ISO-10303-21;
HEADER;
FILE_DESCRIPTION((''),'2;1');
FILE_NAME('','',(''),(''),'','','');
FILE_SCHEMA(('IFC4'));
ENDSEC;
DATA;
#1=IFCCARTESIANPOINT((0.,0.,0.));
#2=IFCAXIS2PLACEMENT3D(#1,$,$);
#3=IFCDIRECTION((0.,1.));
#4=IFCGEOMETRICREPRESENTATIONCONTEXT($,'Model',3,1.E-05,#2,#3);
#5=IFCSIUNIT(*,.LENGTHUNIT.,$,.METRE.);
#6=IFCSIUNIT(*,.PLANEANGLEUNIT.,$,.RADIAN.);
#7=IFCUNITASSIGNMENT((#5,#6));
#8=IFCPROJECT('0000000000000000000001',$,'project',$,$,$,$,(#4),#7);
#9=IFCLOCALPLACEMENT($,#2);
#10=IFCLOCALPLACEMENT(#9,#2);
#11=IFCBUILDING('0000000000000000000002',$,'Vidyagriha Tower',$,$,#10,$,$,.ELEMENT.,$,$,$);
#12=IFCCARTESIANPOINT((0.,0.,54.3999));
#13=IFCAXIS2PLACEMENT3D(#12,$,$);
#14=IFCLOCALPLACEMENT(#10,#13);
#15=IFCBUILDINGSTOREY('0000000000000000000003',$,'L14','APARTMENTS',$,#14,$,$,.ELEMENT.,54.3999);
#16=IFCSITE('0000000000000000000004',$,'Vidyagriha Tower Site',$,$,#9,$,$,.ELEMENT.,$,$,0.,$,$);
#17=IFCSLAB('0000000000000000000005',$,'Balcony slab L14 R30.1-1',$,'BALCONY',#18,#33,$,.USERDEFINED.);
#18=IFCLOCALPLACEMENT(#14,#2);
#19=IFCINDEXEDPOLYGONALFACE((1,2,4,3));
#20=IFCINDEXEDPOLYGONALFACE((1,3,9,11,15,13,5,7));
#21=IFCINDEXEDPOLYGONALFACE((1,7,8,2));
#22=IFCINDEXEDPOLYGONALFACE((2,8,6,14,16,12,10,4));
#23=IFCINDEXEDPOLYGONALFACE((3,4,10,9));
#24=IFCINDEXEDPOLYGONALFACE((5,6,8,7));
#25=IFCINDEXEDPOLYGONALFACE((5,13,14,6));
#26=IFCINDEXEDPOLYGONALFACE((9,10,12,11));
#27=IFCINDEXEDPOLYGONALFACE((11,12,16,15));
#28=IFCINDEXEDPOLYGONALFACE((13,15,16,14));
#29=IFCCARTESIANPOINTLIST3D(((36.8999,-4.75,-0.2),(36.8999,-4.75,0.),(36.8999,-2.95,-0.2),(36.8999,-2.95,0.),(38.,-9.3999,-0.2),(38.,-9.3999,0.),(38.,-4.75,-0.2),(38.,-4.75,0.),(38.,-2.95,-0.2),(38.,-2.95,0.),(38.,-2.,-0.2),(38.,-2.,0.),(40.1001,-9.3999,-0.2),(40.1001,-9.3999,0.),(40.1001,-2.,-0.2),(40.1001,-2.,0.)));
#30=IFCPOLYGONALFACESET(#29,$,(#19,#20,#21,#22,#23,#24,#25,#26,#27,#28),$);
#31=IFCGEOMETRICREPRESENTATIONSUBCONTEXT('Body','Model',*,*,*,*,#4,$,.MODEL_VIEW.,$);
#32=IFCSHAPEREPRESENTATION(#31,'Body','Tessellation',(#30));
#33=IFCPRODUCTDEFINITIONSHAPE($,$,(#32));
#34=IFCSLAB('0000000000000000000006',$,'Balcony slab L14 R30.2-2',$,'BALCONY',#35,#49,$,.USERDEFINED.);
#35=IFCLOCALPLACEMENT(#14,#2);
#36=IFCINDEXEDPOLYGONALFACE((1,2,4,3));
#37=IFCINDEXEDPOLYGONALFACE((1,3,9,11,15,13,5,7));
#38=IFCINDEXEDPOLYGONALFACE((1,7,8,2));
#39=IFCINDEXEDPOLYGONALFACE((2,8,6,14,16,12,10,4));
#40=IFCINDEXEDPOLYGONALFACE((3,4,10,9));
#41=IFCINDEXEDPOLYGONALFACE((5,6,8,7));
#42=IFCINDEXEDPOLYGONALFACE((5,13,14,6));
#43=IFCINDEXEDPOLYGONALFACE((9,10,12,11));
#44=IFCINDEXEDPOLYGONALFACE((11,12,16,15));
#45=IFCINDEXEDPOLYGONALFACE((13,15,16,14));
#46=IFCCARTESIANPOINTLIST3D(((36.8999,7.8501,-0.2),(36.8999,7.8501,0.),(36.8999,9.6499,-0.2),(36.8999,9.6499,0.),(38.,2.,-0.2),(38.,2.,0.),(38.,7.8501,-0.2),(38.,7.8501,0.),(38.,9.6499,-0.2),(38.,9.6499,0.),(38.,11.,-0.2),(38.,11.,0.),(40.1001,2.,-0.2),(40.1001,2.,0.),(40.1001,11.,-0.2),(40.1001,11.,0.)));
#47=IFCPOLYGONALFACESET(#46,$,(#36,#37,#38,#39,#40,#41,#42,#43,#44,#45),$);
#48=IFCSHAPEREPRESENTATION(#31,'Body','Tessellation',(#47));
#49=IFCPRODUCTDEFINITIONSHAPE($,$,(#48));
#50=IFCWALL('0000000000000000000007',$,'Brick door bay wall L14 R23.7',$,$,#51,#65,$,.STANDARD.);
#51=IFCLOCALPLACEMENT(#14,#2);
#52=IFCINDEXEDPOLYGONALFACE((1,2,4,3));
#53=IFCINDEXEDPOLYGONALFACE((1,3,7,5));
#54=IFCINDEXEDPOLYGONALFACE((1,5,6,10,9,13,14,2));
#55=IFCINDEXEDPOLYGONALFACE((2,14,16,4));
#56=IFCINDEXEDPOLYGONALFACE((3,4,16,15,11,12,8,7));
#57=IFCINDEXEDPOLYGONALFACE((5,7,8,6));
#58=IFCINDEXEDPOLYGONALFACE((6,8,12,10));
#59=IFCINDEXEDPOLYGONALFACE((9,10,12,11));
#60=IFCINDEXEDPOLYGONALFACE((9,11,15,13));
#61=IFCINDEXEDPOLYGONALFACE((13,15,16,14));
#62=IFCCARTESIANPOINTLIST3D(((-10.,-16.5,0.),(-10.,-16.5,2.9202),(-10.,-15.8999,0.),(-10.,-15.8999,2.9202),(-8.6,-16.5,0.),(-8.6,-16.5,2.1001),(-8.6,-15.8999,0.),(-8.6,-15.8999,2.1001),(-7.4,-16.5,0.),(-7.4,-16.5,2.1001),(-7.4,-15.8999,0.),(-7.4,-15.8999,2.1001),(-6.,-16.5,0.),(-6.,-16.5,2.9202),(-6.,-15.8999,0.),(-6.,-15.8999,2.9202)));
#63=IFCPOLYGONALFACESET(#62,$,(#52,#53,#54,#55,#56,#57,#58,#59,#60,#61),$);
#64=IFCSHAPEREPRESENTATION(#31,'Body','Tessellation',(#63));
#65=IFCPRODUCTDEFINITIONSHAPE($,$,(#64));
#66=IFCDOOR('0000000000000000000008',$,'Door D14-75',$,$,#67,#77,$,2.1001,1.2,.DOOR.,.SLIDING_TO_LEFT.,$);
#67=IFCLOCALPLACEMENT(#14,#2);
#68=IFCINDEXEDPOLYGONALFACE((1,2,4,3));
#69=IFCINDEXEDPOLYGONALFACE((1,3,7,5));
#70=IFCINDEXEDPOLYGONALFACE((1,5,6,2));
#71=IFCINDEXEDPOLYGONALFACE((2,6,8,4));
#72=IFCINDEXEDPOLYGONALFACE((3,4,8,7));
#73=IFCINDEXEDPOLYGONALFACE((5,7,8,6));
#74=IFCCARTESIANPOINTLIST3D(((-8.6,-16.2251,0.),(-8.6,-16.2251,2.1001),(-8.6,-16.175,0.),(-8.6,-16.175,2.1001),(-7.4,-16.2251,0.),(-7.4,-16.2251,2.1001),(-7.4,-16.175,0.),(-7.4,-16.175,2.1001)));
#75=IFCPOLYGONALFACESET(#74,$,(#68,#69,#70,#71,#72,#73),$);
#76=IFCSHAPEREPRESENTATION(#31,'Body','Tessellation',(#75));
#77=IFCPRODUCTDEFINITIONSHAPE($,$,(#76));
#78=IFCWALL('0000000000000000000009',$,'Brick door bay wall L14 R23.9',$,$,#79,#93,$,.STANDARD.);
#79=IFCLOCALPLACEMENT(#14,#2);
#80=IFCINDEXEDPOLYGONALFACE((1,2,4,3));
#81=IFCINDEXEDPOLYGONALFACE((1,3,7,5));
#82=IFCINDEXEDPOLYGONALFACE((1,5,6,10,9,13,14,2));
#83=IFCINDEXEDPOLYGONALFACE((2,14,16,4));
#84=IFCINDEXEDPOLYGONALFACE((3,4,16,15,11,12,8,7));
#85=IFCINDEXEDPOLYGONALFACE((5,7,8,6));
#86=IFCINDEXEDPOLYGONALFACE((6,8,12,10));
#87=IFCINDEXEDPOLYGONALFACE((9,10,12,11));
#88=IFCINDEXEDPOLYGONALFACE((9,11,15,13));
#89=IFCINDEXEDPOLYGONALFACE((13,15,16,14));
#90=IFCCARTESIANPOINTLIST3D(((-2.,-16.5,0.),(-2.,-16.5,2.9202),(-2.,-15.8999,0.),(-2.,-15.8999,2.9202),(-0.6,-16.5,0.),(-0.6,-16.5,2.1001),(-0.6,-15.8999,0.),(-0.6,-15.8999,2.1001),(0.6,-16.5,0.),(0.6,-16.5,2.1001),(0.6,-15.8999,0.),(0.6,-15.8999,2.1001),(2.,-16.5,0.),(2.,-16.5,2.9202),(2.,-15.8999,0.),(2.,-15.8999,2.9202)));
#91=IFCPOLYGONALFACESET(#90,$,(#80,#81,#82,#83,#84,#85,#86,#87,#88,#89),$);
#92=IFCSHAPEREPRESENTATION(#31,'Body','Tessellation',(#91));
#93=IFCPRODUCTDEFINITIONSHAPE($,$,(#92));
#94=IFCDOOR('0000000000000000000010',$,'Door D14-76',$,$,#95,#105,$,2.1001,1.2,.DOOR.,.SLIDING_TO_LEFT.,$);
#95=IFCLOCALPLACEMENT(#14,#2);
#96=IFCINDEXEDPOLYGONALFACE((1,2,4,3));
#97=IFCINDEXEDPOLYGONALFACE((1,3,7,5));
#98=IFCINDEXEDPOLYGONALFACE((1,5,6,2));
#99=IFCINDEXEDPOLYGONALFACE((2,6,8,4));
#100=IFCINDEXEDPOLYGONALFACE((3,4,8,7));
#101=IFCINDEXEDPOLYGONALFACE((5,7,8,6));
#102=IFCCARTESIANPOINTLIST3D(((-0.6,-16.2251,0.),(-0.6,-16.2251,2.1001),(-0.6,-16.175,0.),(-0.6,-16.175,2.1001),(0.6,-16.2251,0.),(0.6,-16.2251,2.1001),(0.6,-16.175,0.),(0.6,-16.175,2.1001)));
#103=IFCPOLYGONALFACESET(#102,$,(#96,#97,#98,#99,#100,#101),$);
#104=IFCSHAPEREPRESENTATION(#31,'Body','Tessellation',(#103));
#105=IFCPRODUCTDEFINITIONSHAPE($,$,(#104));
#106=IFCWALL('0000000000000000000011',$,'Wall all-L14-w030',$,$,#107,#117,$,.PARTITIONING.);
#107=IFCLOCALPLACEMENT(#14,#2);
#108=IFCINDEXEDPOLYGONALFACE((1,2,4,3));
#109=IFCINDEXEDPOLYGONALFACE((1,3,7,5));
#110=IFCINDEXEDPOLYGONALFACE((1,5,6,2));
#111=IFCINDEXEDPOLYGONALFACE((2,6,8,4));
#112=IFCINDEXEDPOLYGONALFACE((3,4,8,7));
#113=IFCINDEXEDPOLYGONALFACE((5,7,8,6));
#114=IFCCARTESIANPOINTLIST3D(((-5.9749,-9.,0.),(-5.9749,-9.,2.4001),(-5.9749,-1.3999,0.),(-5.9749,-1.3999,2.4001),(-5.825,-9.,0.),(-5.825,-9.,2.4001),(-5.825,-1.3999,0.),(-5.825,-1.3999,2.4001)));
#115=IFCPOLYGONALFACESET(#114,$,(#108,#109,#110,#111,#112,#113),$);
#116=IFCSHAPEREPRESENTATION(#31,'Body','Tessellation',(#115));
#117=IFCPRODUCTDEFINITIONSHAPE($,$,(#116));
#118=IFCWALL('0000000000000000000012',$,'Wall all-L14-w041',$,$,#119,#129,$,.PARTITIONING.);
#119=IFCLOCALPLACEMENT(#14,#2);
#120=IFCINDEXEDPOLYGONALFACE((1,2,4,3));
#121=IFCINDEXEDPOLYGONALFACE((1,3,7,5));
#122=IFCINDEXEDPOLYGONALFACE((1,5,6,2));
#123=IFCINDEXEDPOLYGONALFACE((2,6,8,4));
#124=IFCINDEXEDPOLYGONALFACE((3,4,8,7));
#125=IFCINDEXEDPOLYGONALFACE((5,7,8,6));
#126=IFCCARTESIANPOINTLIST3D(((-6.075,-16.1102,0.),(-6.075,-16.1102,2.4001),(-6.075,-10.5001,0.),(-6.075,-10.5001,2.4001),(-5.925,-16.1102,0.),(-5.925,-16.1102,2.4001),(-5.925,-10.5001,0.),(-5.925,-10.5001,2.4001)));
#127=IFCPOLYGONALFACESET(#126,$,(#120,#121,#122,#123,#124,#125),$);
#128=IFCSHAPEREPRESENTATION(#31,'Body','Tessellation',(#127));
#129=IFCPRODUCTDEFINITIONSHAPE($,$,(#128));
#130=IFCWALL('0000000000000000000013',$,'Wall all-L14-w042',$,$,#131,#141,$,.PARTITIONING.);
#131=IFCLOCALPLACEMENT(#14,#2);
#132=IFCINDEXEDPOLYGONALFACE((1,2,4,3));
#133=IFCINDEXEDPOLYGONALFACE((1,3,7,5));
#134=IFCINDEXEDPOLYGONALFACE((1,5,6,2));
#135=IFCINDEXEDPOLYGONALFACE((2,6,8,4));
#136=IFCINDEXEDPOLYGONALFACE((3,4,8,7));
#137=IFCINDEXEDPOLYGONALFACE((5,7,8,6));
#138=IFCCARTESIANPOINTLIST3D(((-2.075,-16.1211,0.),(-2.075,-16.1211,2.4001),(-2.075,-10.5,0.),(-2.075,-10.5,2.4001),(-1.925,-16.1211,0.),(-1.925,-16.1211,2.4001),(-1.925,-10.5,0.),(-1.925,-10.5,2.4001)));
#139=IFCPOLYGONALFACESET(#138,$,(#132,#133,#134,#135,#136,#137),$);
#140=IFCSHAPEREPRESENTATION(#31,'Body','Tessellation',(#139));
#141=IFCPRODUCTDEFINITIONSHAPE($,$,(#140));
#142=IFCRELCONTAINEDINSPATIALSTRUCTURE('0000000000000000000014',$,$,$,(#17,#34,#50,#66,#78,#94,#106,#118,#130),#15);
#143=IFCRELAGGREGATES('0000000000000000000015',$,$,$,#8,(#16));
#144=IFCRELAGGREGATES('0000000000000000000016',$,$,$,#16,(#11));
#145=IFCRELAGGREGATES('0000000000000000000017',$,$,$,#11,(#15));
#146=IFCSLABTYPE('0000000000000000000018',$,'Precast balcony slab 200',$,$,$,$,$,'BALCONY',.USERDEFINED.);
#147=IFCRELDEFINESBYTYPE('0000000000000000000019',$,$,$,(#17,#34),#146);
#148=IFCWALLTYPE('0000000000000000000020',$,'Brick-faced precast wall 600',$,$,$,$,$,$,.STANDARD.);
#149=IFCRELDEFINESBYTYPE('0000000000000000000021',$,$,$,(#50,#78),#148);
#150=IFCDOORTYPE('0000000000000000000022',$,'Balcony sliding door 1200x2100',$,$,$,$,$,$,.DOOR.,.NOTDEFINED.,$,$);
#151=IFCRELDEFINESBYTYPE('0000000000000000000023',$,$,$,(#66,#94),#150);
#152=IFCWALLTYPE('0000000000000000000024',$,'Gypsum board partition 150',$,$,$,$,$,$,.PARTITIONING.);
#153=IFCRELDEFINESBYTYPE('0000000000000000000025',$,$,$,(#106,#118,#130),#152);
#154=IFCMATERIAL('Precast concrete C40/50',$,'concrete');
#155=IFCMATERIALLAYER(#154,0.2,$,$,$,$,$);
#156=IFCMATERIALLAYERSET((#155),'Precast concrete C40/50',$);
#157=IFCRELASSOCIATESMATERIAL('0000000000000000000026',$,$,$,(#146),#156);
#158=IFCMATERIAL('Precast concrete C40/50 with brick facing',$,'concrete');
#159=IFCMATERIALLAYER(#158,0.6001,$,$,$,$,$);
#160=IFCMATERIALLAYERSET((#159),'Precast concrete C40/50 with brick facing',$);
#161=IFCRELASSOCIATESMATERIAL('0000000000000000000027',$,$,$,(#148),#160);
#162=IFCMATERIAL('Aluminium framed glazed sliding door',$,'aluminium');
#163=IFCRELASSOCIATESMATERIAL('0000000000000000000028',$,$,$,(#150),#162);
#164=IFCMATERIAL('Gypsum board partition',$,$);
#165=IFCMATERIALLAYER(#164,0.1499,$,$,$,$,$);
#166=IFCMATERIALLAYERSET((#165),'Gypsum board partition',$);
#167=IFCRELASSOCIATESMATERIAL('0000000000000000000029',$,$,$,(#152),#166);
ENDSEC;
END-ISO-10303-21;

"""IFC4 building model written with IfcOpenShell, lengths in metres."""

from ifc_helpers import new_model, si_unit, direction, frame, frame_2d, origin, place, context, subcontext, project, spatial, polyline, rectangle, outline, extrude, material, layer, layer_set, type_object, element, fill, save


model = new_model("IFC4")

# Units and contexts
model_context = context("Model", 3, precision=1e-05, world=origin(), true_north=direction((0.0, 1.0)))
body_context = subcontext(model_context, "Body", "Model", "MODEL_VIEW")
ifc_project = project(units=[si_unit("LENGTHUNIT", "METRE"), si_unit("PLANEANGLEUNIT", "RADIAN")], contexts=[model_context])

# Site, building, storey
site_placement = place(None, origin())
site = spatial("IfcSite", under=ifc_project, at=site_placement, Name="Vidyagriha Tower Site", CompositionType="ELEMENT", RefElevation=0.0)
building_placement = place(site_placement, origin())
building = spatial("IfcBuilding", under=site, at=building_placement, Name="Vidyagriha Tower", CompositionType="ELEMENT")
storey_placement = place(building_placement, frame((0.0, 0.0, 54.3999)))
storey = spatial("IfcBuildingStorey", under=building, at=storey_placement, Name="L14", Description="APARTMENTS", CompositionType="ELEMENT", Elevation=54.3999)

# Slabs
ifc_material_1 = material(Name="Precast concrete C40/50", Category="concrete")
ifc_layer_1 = layer(ifc_material_1, 0.2)
ifc_layer_set_1 = layer_set([ifc_layer_1], Name="Precast concrete C40/50")
slab_type_1 = type_object("IfcSlabType", Name="Precast balcony slab 200", ElementType="BALCONY", PredefinedType="USERDEFINED", material=ifc_layer_set_1)
slab_1_placement = place(storey_placement, frame((0.0, 0.0, -0.2)))
element("IfcSlab", 1, at=slab_1_placement, inside=storey, type_object=slab_type_1, Name="Balcony slab L14 R30.1-1", ObjectType="BALCONY", PredefinedType="USERDEFINED", context=body_context, shape_type="SweptSolid", body=[
    extrude(outline(polyline([(38.0, -4.75), (38.0, -9.3999), (40.1001, -9.3999), (40.1001, -2.0), (38.0, -2.0), (38.0, -2.95), (36.8999, -2.95), (36.8999, -4.75), (38.0, -4.75)])), origin(), (0.0, 0.0, 1.0), 0.2),
])
slab_2_placement = place(storey_placement, frame((0.0, 0.0, -0.2)))
element("IfcSlab", 2, at=slab_2_placement, inside=storey, type_object=slab_type_1, Name="Balcony slab L14 R30.2-2", ObjectType="BALCONY", PredefinedType="USERDEFINED", context=body_context, shape_type="SweptSolid", body=[
    extrude(outline(polyline([(38.0, 7.8501), (38.0, 2.0), (40.1001, 2.0), (40.1001, 11.0), (38.0, 11.0), (38.0, 9.6499), (36.8999, 9.6499), (36.8999, 7.8501), (38.0, 7.8501)])), origin(), (0.0, 0.0, 1.0), 0.2),
])

# Walls, openings, doors
ifc_material_2 = material(Name="Precast concrete C40/50 with brick facing", Category="concrete")
ifc_layer_2 = layer(ifc_material_2, 0.6001)
ifc_layer_set_2 = layer_set([ifc_layer_2], Name="Precast concrete C40/50 with brick facing")
wall_type_1 = type_object("IfcWallType", Name="Brick-faced precast wall 600", PredefinedType="STANDARD", material=ifc_layer_set_2)
wall_1_placement = place(storey_placement, frame((-10.0, -16.2, 0.0)))
wall_1 = element("IfcWall", 3, at=wall_1_placement, inside=storey, type_object=wall_type_1, Name="Brick door bay wall L14 R23.7", PredefinedType="STANDARD", context=body_context, shape_type="SweptSolid", body=[
    extrude(rectangle(XDim=4.0, YDim=0.6001, at=frame_2d((2.0, 0.0))), origin(), (0.0, 0.0, 1.0), 2.9202),
])
opening_1_placement = place(wall_1_placement, frame((1.3999, 0.0, 0.0)))
opening_1 = element("IfcOpeningElement", 4, at=opening_1_placement, cuts=wall_1, PredefinedType="OPENING", context=body_context, shape_type="SweptSolid", body=[
    extrude(rectangle(XDim=1.2, YDim=2.1001, at=frame_2d((0.6001, 1.05))), frame((0.0, 0.3101, 0.0), z_axis=(0.0, -1.0, 0.0), x_axis=(1.0, 0.0, 0.0)), (0.0, 0.0, 1.0), 0.6201),
])
ifc_material_3 = material(Name="Aluminium framed glazed sliding door", Category="aluminium")
door_type = type_object("IfcDoorType", Name="Balcony sliding door 1200x2100", OperationType="NOTDEFINED", PredefinedType="DOOR", material=ifc_material_3)
door_1_placement = place(opening_1_placement, origin())
door_1 = element("IfcDoor", 5, at=door_1_placement, inside=storey, type_object=door_type, Name="Door D14-75", OperationType="SLIDING_TO_LEFT", OverallHeight=2.1001, OverallWidth=1.2, PredefinedType="DOOR", context=body_context, shape_type="SweptSolid", body=[
    extrude(rectangle(XDim=1.2, YDim=2.1001, at=frame_2d((0.6001, 1.05))), frame((0.0, 0.0249, 0.0), z_axis=(0.0, -1.0, 0.0), x_axis=(1.0, 0.0, 0.0)), (0.0, 0.0, 1.0), 0.05),
])
fill(opening_1, door_1)
wall_2_placement = place(storey_placement, frame((-2.0, -16.2, 0.0)))
wall_2 = element("IfcWall", 6, at=wall_2_placement, inside=storey, type_object=wall_type_1, Name="Brick door bay wall L14 R23.9", PredefinedType="STANDARD", context=body_context, shape_type="SweptSolid", body=[
    extrude(rectangle(XDim=4.0, YDim=0.6001, at=frame_2d((2.0, 0.0))), origin(), (0.0, 0.0, 1.0), 2.9202),
])
opening_2_placement = place(wall_2_placement, frame((1.3999, 0.0, 0.0)))
opening_2 = element("IfcOpeningElement", 7, at=opening_2_placement, cuts=wall_2, PredefinedType="OPENING", context=body_context, shape_type="SweptSolid", body=[
    extrude(rectangle(XDim=1.2, YDim=2.1001, at=frame_2d((0.6001, 1.05))), frame((0.0, 0.3101, 0.0), z_axis=(0.0, -1.0, 0.0), x_axis=(1.0, 0.0, 0.0)), (0.0, 0.0, 1.0), 0.6201),
])
door_2_placement = place(opening_2_placement, origin())
door_2 = element("IfcDoor", 8, at=door_2_placement, inside=storey, type_object=door_type, Name="Door D14-76", OperationType="SLIDING_TO_LEFT", OverallHeight=2.1001, OverallWidth=1.2, PredefinedType="DOOR", context=body_context, shape_type="SweptSolid", body=[
    extrude(rectangle(XDim=1.2, YDim=2.1001, at=frame_2d((0.6001, 1.05))), frame((0.0, 0.0249, 0.0), z_axis=(0.0, -1.0, 0.0), x_axis=(1.0, 0.0, 0.0)), (0.0, 0.0, 1.0), 0.05),
])
fill(opening_2, door_2)

# Walls
ifc_material_4 = material(Name="Gypsum board partition")
ifc_layer_3 = layer(ifc_material_4, 0.1499)
ifc_layer_set_3 = layer_set([ifc_layer_3], Name="Gypsum board partition")
wall_type_2 = type_object("IfcWallType", Name="Gypsum board partition 150", PredefinedType="PARTITIONING", material=ifc_layer_set_3)
wall_3_placement = place(storey_placement, frame((-5.8999, -9.0, 0.0), z_axis=(0.0, 0.0, 1.0), x_axis=(0.0, 1.0, 0.0)))
element("IfcWall", 9, at=wall_3_placement, inside=storey, type_object=wall_type_2, Name="Wall all-L14-w030", PredefinedType="PARTITIONING", context=body_context, shape_type="SweptSolid", body=[
    extrude(rectangle(XDim=7.6001, YDim=0.1499, at=frame_2d((3.8, 0.0))), origin(), (0.0, 0.0, 1.0), 2.4001),
])
wall_4_placement = place(storey_placement, frame((-6.0, -10.5, 0.0), z_axis=(0.0, 0.0, 1.0), x_axis=(0.0, -1.0, 0.0)))
element("IfcWall", 10, at=wall_4_placement, inside=storey, type_object=wall_type_2, Name="Wall all-L14-w041", PredefinedType="PARTITIONING", context=body_context, shape_type="SweptSolid", body=[
    extrude(rectangle(XDim=5.6101, YDim=0.1499, at=frame_2d((2.8052, 0.0))), origin(), (0.0, 0.0, 1.0), 2.4001),
])
wall_5_placement = place(storey_placement, frame((-2.0, -10.5, 0.0), z_axis=(0.0, 0.0, 1.0), x_axis=(0.0, -1.0, 0.0)))
element("IfcWall", 11, at=wall_5_placement, inside=storey, type_object=wall_type_2, Name="Wall all-L14-w042", PredefinedType="PARTITIONING", context=body_context, shape_type="SweptSolid", body=[
    extrude(rectangle(XDim=5.6211, YDim=0.1499, at=frame_2d((2.8105, 0.0))), origin(), (0.0, 0.0, 1.0), 2.4001),
])

save(model, "model.ifc")
